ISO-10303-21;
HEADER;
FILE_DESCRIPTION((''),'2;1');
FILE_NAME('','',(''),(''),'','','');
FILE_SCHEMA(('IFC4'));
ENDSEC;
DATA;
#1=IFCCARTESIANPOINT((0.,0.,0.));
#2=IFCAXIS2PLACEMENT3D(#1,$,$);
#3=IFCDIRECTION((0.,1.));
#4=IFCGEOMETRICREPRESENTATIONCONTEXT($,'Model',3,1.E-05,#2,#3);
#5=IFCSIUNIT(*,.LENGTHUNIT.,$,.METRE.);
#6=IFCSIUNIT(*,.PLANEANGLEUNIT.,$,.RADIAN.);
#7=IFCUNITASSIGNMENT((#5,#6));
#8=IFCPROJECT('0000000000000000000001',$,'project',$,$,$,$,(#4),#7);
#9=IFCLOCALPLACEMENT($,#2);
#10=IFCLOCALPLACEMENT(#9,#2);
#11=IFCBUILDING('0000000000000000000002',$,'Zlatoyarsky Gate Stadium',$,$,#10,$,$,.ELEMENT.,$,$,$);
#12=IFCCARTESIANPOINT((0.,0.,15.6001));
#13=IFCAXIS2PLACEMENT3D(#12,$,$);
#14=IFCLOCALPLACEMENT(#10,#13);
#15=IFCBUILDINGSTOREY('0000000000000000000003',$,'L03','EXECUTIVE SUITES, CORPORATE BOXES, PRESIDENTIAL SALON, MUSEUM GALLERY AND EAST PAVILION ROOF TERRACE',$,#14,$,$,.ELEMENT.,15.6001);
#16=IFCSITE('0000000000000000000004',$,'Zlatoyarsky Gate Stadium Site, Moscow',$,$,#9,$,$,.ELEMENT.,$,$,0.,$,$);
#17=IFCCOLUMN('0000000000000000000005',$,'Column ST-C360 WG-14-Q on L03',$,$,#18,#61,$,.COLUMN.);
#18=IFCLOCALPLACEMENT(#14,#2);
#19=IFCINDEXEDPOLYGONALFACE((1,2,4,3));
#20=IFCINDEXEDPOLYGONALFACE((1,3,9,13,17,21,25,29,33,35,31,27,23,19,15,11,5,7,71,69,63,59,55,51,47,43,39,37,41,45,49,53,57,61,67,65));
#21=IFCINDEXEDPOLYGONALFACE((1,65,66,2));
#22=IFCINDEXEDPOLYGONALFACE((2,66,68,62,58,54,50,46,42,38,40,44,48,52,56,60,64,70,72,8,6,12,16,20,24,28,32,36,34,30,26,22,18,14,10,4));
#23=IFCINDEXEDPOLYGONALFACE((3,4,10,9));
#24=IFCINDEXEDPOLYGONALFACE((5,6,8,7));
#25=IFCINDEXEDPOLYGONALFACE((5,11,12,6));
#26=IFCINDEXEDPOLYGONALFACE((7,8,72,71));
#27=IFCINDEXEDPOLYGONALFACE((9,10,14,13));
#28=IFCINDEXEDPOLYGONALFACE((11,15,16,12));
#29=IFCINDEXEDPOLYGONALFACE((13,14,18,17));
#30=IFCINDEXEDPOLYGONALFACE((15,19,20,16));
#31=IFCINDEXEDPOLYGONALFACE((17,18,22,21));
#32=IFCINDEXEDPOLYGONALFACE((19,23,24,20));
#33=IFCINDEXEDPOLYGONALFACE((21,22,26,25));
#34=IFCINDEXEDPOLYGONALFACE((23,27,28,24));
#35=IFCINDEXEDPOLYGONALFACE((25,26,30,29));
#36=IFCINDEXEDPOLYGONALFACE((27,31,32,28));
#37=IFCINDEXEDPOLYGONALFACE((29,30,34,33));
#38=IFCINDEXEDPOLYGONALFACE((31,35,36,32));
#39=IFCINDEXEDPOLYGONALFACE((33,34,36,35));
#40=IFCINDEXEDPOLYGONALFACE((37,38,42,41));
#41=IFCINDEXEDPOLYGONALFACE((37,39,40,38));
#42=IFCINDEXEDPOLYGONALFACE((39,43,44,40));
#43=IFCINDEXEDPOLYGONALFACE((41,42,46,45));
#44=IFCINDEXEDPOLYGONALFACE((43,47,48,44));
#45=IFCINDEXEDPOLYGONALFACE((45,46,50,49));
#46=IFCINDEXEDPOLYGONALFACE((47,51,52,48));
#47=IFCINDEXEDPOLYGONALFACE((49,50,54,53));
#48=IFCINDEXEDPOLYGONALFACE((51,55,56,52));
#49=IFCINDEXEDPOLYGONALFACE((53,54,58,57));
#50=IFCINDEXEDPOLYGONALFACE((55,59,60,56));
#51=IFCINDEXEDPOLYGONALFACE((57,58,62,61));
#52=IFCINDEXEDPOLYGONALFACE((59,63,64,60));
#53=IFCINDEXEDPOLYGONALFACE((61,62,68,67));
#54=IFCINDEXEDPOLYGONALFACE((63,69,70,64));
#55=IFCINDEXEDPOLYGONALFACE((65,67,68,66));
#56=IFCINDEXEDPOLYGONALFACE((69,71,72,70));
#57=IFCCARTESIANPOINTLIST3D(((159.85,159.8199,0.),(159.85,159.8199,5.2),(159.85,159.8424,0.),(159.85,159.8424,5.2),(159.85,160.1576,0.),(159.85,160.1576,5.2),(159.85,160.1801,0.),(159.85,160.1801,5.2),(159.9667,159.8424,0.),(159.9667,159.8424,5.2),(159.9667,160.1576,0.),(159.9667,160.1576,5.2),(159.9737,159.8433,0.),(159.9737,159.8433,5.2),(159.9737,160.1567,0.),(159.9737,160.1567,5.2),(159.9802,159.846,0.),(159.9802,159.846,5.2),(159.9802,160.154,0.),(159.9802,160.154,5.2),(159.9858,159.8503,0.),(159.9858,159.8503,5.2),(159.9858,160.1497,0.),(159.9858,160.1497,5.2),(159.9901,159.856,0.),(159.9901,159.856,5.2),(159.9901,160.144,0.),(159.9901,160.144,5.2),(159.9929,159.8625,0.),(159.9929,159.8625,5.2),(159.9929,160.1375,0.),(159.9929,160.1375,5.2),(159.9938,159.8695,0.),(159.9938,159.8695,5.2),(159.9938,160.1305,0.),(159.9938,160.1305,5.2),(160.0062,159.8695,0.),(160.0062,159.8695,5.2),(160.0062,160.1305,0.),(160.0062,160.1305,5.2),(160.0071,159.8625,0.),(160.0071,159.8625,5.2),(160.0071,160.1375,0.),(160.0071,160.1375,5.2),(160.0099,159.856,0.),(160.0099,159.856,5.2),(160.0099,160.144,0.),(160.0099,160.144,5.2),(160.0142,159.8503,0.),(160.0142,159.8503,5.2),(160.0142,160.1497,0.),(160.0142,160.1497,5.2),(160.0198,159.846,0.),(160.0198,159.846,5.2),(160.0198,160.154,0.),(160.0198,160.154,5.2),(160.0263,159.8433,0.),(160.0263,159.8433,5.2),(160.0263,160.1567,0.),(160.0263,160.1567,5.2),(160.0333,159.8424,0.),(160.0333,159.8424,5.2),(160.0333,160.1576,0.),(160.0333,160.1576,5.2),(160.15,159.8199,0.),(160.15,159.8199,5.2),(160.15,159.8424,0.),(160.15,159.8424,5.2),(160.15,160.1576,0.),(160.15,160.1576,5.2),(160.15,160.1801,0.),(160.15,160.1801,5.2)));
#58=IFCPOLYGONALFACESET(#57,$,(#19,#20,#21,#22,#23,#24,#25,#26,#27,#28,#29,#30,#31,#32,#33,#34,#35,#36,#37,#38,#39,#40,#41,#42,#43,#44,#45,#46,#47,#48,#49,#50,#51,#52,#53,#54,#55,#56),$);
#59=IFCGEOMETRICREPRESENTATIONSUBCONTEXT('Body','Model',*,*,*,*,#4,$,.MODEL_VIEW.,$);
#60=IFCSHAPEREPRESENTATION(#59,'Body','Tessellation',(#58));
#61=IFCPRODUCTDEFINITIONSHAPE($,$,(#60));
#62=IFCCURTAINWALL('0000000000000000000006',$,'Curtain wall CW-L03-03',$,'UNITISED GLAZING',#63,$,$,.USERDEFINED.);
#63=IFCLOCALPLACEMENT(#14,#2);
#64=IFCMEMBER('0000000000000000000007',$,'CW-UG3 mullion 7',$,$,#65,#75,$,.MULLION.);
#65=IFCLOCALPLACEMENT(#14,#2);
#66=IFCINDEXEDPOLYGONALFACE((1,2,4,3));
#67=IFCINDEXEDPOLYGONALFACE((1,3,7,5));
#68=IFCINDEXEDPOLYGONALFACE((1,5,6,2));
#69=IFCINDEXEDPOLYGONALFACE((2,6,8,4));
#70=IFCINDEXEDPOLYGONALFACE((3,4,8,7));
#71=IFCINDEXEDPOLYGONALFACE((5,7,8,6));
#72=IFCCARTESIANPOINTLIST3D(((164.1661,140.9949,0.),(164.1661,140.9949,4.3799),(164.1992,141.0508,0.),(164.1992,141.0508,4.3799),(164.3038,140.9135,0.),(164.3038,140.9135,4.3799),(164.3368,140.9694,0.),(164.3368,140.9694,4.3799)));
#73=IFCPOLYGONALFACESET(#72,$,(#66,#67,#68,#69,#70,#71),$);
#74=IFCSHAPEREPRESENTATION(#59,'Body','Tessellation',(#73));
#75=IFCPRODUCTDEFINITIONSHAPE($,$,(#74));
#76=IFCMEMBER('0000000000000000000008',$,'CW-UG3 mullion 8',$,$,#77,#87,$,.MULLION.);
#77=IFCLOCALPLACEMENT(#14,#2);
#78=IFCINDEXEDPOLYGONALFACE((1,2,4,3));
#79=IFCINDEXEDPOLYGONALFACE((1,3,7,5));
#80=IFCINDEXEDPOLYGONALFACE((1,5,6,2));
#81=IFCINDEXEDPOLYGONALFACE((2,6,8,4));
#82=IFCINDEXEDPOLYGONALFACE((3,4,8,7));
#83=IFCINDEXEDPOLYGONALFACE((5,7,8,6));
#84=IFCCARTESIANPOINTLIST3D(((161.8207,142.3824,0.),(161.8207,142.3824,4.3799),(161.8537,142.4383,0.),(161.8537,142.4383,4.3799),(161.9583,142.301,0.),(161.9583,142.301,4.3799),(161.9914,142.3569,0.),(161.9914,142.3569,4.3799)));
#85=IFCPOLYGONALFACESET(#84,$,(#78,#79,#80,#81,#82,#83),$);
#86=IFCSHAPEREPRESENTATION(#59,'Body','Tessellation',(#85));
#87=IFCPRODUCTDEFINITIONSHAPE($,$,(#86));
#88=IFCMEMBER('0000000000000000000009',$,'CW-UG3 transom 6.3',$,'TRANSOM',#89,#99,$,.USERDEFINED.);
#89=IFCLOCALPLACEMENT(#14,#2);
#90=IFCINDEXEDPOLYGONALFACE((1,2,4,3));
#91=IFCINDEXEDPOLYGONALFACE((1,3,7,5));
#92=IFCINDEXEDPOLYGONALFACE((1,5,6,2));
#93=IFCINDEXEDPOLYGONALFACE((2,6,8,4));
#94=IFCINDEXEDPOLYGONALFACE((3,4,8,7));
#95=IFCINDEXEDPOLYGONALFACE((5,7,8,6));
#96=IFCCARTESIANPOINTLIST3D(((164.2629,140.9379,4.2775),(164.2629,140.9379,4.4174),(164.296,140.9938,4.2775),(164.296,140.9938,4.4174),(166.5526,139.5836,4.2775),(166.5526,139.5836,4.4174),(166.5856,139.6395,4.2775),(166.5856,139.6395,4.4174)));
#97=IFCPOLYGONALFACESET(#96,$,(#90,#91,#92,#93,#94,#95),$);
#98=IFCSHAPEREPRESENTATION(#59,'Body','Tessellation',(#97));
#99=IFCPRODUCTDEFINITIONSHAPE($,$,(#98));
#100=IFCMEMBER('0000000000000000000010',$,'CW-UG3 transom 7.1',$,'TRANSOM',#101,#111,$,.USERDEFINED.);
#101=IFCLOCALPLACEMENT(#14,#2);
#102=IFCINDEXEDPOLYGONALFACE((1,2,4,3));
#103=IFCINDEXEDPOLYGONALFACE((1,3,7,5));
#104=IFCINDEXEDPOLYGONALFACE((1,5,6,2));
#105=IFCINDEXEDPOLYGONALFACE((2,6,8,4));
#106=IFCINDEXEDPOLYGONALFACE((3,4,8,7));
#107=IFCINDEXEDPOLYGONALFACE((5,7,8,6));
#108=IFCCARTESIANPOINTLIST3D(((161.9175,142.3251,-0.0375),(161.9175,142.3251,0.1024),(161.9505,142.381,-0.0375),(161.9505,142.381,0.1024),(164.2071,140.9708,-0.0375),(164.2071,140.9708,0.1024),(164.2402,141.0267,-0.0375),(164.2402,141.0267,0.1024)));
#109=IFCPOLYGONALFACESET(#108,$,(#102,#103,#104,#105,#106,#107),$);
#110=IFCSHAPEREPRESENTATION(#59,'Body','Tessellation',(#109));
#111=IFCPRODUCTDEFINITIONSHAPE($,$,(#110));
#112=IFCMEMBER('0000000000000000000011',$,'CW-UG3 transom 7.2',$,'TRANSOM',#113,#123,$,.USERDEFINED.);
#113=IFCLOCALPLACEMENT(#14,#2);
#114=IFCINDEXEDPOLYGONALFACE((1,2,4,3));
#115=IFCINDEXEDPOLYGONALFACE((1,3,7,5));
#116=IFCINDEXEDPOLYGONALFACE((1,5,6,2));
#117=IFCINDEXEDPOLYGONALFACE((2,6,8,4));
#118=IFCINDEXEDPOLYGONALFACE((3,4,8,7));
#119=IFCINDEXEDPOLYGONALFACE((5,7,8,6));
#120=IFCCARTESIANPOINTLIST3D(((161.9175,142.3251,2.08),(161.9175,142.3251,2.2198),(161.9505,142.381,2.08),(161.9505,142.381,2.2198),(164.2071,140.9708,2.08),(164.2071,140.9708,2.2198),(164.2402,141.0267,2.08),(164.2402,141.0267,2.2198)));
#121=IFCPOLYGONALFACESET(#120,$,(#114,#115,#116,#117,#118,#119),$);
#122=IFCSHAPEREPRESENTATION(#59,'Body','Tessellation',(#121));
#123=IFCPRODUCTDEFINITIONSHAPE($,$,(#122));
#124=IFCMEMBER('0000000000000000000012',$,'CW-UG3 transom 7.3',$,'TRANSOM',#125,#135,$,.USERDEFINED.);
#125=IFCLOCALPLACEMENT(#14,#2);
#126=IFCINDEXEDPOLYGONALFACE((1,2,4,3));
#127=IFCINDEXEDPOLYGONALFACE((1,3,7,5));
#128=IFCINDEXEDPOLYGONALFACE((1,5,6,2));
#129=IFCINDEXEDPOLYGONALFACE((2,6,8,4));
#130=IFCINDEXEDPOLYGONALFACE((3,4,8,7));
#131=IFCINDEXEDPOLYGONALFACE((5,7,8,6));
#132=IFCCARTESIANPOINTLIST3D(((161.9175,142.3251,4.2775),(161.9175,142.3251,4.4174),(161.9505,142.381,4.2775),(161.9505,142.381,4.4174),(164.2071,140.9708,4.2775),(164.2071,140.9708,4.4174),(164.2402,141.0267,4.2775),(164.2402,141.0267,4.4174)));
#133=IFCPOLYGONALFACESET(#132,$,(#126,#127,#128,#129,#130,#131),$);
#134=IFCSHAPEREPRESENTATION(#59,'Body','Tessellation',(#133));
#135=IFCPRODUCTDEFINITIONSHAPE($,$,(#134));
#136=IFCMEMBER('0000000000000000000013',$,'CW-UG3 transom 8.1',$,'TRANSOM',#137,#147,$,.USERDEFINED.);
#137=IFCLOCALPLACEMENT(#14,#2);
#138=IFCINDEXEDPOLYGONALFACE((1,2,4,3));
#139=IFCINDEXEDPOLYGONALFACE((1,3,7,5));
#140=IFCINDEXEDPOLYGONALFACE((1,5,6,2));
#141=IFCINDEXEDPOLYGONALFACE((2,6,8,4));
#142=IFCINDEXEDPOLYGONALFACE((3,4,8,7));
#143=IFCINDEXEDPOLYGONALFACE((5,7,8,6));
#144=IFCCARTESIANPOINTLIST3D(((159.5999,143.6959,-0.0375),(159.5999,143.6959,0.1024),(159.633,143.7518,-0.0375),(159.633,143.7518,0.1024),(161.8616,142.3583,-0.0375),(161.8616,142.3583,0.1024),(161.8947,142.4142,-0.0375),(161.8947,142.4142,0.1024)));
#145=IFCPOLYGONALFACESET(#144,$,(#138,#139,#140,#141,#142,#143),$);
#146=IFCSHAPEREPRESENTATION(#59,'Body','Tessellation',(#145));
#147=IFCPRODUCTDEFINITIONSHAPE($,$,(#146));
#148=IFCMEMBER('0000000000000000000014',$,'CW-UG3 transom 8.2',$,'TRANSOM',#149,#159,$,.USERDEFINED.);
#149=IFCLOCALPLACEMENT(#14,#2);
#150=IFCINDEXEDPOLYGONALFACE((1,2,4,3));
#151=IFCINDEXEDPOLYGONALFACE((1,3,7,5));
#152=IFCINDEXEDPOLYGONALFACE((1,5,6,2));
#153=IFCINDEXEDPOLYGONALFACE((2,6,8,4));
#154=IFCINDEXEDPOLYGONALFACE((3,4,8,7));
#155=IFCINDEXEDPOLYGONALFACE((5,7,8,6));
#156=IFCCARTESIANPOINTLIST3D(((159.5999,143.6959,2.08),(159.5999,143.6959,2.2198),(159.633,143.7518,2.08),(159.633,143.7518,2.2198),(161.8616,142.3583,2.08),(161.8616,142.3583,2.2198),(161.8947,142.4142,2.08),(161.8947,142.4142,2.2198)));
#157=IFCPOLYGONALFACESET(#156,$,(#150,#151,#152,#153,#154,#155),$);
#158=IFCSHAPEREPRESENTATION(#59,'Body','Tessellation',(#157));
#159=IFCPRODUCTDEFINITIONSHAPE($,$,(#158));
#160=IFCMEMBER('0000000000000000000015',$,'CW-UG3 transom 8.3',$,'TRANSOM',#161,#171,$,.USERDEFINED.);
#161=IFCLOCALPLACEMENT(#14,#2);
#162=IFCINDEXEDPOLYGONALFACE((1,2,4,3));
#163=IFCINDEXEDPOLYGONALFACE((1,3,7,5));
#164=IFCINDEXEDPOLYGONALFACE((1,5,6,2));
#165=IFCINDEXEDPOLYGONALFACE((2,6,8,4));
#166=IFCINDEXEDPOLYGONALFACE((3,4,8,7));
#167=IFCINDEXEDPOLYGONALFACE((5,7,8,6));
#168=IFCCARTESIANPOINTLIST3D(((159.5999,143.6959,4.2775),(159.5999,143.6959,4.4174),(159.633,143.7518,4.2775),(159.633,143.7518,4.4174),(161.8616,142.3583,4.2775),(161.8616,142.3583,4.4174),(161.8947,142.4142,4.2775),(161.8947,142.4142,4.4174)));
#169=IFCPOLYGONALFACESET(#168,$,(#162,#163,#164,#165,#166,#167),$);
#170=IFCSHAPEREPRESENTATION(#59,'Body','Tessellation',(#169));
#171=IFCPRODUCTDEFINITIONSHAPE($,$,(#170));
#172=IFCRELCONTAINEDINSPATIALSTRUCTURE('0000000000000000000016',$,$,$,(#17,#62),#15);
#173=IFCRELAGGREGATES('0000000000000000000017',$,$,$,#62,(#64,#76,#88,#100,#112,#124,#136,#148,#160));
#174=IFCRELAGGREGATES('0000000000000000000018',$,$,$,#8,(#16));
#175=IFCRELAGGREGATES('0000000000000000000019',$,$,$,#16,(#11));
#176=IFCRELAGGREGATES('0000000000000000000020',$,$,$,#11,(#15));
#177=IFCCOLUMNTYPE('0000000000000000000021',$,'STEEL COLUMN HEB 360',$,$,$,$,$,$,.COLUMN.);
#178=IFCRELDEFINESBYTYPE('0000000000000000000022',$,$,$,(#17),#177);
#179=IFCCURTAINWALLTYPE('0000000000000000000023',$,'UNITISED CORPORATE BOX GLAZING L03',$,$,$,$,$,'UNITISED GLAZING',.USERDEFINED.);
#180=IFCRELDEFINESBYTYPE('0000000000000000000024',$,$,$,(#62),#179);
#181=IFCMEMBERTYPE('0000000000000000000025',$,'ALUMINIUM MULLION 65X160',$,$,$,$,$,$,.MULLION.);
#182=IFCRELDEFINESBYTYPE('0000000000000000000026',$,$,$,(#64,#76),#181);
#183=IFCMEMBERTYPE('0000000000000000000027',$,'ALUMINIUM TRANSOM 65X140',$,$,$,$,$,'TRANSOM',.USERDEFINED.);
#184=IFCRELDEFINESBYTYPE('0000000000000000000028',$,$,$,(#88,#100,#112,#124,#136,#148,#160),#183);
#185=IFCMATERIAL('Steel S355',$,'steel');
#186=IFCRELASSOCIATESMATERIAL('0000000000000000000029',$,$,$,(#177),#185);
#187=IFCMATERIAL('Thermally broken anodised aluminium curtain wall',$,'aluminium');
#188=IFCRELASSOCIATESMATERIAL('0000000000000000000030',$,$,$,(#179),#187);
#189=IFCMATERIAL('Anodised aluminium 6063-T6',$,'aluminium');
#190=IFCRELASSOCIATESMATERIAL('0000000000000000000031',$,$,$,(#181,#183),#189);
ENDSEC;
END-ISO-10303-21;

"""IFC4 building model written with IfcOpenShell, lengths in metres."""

from ifc_helpers import new_model, si_unit, direction, frame, origin, origin_2d, place, context, subcontext, project, spatial, rectangle, i_section, extrude, material, material_profile, profile_set, type_object, element, aggregate, save


model = new_model("IFC4")

# Units and contexts
model_context = context("Model", 3, precision=1e-05, world=origin(), true_north=direction((0.0, 1.0)))
body_context = subcontext(model_context, "Body", "Model", "MODEL_VIEW")
ifc_project = project(units=[si_unit("LENGTHUNIT", "METRE"), si_unit("PLANEANGLEUNIT", "RADIAN")], contexts=[model_context])

# Site, building, storey
site_placement = place(None, origin())
site = spatial("IfcSite", under=ifc_project, at=site_placement, Name="Zlatoyarsky Gate Stadium Site, Moscow", CompositionType="ELEMENT", RefElevation=0.0)
building_placement = place(site_placement, origin())
building = spatial("IfcBuilding", under=site, at=building_placement, Name="Zlatoyarsky Gate Stadium", CompositionType="ELEMENT")
storey_placement = place(building_placement, frame((0.0, 0.0, 15.6001)))
storey = spatial("IfcBuildingStorey", under=building, at=storey_placement, Name="L03", Description="EXECUTIVE SUITES, CORPORATE BOXES, PRESIDENTIAL SALON, MUSEUM GALLERY AND EAST PAVILION ROOF TERRACE", CompositionType="ELEMENT", Elevation=15.6001)

# Column
ifc_material_1 = material(Name="Steel S355", Category="steel")
ifc_material_profile_1 = material_profile(ifc_material_1, i_section(OverallWidth=0.3, OverallDepth=0.3601, WebThickness=0.0125, FlangeThickness=0.0225, FilletRadius=0.0271, at=origin_2d()), Name="HEB 360")
ifc_profile_set_1 = profile_set([ifc_material_profile_1], Name="Steel S355")
column_type = type_object("IfcColumnType", Name="STEEL COLUMN HEB 360", PredefinedType="COLUMN", material=ifc_profile_set_1)
column_placement = place(storey_placement, frame((160.0, 160.0, 0.0), z_axis=(0.0, 0.0, 1.0), x_axis=(1.0, 0.0, 0.0)))
element("IfcColumn", 1, at=column_placement, inside=storey, type_object=column_type, Name="Column ST-C360 WG-14-Q on L03", PredefinedType="COLUMN", context=body_context, shape_type="SweptSolid", body=[
    extrude(i_section(OverallWidth=0.3, OverallDepth=0.3601, WebThickness=0.0125, FlangeThickness=0.0225, FilletRadius=0.0271, at=origin_2d()), origin(), (0.0, 0.0, 1.0), 5.2),
])

# Curtain wall, members
ifc_material_2 = material(Name="Thermally broken anodised aluminium curtain wall", Category="aluminium")
curtain_wall_type = type_object("IfcCurtainWallType", Name="UNITISED CORPORATE BOX GLAZING L03", ElementType="UNITISED GLAZING", PredefinedType="USERDEFINED", material=ifc_material_2)
curtain_wall_placement = place(storey_placement, origin())
curtain_wall = element("IfcCurtainWall", 2, at=curtain_wall_placement, inside=storey, type_object=curtain_wall_type, Name="Curtain wall CW-L03-03", ObjectType="UNITISED GLAZING", PredefinedType="USERDEFINED")
ifc_material_3 = material(Name="Anodised aluminium 6063-T6", Category="aluminium")
ifc_material_profile_2 = material_profile(ifc_material_3, rectangle(XDim=0.0649, YDim=0.1599, at=origin_2d()), Name="ALU 65X160")
ifc_profile_set_2 = profile_set([ifc_material_profile_2], Name="Anodised aluminium 6063-T6")
member_type_1 = type_object("IfcMemberType", Name="ALUMINIUM MULLION 65X160", PredefinedType="MULLION", material=ifc_profile_set_2)
member_1_placement = place(storey_placement, frame((164.2515, 140.9822, 0.0), z_axis=(0.0, 0.0, 1.0), x_axis=(-0.509098, -0.860708, 0.0)))
member_1 = element("IfcMember", 3, at=member_1_placement, type_object=member_type_1, Name="CW-UG3 mullion 7", PredefinedType="MULLION", context=body_context, shape_type="SweptSolid", body=[
    extrude(rectangle(XDim=0.0649, YDim=0.1599, at=origin_2d()), origin(), (0.0, 0.0, 1.0), 4.3799),
])
member_2_placement = place(storey_placement, frame((161.906, 142.3696, 0.0), z_axis=(0.0, 0.0, 1.0), x_axis=(-0.509098, -0.860708, 0.0)))
member_2 = element("IfcMember", 4, at=member_2_placement, type_object=member_type_1, Name="CW-UG3 mullion 8", PredefinedType="MULLION", context=body_context, shape_type="SweptSolid", body=[
    extrude(rectangle(XDim=0.0649, YDim=0.1599, at=origin_2d()), origin(), (0.0, 0.0, 1.0), 4.3799),
])
ifc_material_profile_3 = material_profile(ifc_material_3, rectangle(XDim=0.0649, YDim=0.1399, at=origin_2d()), Name="ALU 65X140")
ifc_profile_set_3 = profile_set([ifc_material_profile_3], Name="Anodised aluminium 6063-T6")
member_type_2 = type_object("IfcMemberType", Name="ALUMINIUM TRANSOM 65X140", ElementType="TRANSOM", PredefinedType="USERDEFINED", material=ifc_profile_set_3)
member_3_placement = place(storey_placement, frame((166.5691, 139.6116, 4.3474), z_axis=(-0.860707, 0.5091, 0.0), x_axis=(-0.5091, -0.860707, 0.0)))
member_3 = element("IfcMember", 5, at=member_3_placement, type_object=member_type_2, Name="CW-UG3 transom 6.3", ObjectType="TRANSOM", PredefinedType="USERDEFINED", context=body_context, shape_type="SweptSolid", body=[
    extrude(rectangle(XDim=0.0649, YDim=0.1399, at=origin_2d()), origin(), (0.0, 0.0, 1.0), 2.6602),
])
member_4_placement = place(storey_placement, frame((164.2236, 140.9988, 0.0325), z_axis=(-0.860707, 0.5091, 0.0), x_axis=(-0.5091, -0.860707, 0.0)))
member_4 = element("IfcMember", 6, at=member_4_placement, type_object=member_type_2, Name="CW-UG3 transom 7.1", ObjectType="TRANSOM", PredefinedType="USERDEFINED", context=body_context, shape_type="SweptSolid", body=[
    extrude(rectangle(XDim=0.0649, YDim=0.1399, at=origin_2d()), origin(), (0.0, 0.0, 1.0), 2.6602),
])
member_5_placement = place(storey_placement, frame((164.2236, 140.9988, 2.1499), z_axis=(-0.860707, 0.5091, 0.0), x_axis=(-0.5091, -0.860707, 0.0)))
member_5 = element("IfcMember", 7, at=member_5_placement, type_object=member_type_2, Name="CW-UG3 transom 7.2", ObjectType="TRANSOM", PredefinedType="USERDEFINED", context=body_context, shape_type="SweptSolid", body=[
    extrude(rectangle(XDim=0.0649, YDim=0.1399, at=origin_2d()), origin(), (0.0, 0.0, 1.0), 2.6602),
])
member_6_placement = place(storey_placement, frame((164.2236, 140.9988, 4.3474), z_axis=(-0.860707, 0.5091, 0.0), x_axis=(-0.5091, -0.860707, 0.0)))
member_6 = element("IfcMember", 8, at=member_6_placement, type_object=member_type_2, Name="CW-UG3 transom 7.3", ObjectType="TRANSOM", PredefinedType="USERDEFINED", context=body_context, shape_type="SweptSolid", body=[
    extrude(rectangle(XDim=0.0649, YDim=0.1399, at=origin_2d()), origin(), (0.0, 0.0, 1.0), 2.6602),
])
member_7_placement = place(storey_placement, frame((161.8782, 142.3862, 0.0325), z_axis=(-0.86073, 0.509061, 0.0), x_axis=(-0.509061, -0.86073, 0.0)))
member_7 = element("IfcMember", 9, at=member_7_placement, type_object=member_type_2, Name="CW-UG3 transom 8.1", ObjectType="TRANSOM", PredefinedType="USERDEFINED", context=body_context, shape_type="SweptSolid", body=[
    extrude(rectangle(XDim=0.0649, YDim=0.1399, at=origin_2d()), origin(), (0.0, 0.0, 1.0), 2.6277),
])
member_8_placement = place(storey_placement, frame((161.8782, 142.3862, 2.1499), z_axis=(-0.86073, 0.509061, 0.0), x_axis=(-0.509061, -0.86073, 0.0)))
member_8 = element("IfcMember", 10, at=member_8_placement, type_object=member_type_2, Name="CW-UG3 transom 8.2", ObjectType="TRANSOM", PredefinedType="USERDEFINED", context=body_context, shape_type="SweptSolid", body=[
    extrude(rectangle(XDim=0.0649, YDim=0.1399, at=origin_2d()), origin(), (0.0, 0.0, 1.0), 2.6277),
])
member_9_placement = place(storey_placement, frame((161.8782, 142.3862, 4.3474), z_axis=(-0.86073, 0.509061, 0.0), x_axis=(-0.509061, -0.86073, 0.0)))
member_9 = element("IfcMember", 11, at=member_9_placement, type_object=member_type_2, Name="CW-UG3 transom 8.3", ObjectType="TRANSOM", PredefinedType="USERDEFINED", context=body_context, shape_type="SweptSolid", body=[
    extrude(rectangle(XDim=0.0649, YDim=0.1399, at=origin_2d()), origin(), (0.0, 0.0, 1.0), 2.6277),
])

aggregate(curtain_wall, [member_1, member_2, member_3, member_4, member_5, member_6, member_7, member_8, member_9])

save(model, "model.ifc")
